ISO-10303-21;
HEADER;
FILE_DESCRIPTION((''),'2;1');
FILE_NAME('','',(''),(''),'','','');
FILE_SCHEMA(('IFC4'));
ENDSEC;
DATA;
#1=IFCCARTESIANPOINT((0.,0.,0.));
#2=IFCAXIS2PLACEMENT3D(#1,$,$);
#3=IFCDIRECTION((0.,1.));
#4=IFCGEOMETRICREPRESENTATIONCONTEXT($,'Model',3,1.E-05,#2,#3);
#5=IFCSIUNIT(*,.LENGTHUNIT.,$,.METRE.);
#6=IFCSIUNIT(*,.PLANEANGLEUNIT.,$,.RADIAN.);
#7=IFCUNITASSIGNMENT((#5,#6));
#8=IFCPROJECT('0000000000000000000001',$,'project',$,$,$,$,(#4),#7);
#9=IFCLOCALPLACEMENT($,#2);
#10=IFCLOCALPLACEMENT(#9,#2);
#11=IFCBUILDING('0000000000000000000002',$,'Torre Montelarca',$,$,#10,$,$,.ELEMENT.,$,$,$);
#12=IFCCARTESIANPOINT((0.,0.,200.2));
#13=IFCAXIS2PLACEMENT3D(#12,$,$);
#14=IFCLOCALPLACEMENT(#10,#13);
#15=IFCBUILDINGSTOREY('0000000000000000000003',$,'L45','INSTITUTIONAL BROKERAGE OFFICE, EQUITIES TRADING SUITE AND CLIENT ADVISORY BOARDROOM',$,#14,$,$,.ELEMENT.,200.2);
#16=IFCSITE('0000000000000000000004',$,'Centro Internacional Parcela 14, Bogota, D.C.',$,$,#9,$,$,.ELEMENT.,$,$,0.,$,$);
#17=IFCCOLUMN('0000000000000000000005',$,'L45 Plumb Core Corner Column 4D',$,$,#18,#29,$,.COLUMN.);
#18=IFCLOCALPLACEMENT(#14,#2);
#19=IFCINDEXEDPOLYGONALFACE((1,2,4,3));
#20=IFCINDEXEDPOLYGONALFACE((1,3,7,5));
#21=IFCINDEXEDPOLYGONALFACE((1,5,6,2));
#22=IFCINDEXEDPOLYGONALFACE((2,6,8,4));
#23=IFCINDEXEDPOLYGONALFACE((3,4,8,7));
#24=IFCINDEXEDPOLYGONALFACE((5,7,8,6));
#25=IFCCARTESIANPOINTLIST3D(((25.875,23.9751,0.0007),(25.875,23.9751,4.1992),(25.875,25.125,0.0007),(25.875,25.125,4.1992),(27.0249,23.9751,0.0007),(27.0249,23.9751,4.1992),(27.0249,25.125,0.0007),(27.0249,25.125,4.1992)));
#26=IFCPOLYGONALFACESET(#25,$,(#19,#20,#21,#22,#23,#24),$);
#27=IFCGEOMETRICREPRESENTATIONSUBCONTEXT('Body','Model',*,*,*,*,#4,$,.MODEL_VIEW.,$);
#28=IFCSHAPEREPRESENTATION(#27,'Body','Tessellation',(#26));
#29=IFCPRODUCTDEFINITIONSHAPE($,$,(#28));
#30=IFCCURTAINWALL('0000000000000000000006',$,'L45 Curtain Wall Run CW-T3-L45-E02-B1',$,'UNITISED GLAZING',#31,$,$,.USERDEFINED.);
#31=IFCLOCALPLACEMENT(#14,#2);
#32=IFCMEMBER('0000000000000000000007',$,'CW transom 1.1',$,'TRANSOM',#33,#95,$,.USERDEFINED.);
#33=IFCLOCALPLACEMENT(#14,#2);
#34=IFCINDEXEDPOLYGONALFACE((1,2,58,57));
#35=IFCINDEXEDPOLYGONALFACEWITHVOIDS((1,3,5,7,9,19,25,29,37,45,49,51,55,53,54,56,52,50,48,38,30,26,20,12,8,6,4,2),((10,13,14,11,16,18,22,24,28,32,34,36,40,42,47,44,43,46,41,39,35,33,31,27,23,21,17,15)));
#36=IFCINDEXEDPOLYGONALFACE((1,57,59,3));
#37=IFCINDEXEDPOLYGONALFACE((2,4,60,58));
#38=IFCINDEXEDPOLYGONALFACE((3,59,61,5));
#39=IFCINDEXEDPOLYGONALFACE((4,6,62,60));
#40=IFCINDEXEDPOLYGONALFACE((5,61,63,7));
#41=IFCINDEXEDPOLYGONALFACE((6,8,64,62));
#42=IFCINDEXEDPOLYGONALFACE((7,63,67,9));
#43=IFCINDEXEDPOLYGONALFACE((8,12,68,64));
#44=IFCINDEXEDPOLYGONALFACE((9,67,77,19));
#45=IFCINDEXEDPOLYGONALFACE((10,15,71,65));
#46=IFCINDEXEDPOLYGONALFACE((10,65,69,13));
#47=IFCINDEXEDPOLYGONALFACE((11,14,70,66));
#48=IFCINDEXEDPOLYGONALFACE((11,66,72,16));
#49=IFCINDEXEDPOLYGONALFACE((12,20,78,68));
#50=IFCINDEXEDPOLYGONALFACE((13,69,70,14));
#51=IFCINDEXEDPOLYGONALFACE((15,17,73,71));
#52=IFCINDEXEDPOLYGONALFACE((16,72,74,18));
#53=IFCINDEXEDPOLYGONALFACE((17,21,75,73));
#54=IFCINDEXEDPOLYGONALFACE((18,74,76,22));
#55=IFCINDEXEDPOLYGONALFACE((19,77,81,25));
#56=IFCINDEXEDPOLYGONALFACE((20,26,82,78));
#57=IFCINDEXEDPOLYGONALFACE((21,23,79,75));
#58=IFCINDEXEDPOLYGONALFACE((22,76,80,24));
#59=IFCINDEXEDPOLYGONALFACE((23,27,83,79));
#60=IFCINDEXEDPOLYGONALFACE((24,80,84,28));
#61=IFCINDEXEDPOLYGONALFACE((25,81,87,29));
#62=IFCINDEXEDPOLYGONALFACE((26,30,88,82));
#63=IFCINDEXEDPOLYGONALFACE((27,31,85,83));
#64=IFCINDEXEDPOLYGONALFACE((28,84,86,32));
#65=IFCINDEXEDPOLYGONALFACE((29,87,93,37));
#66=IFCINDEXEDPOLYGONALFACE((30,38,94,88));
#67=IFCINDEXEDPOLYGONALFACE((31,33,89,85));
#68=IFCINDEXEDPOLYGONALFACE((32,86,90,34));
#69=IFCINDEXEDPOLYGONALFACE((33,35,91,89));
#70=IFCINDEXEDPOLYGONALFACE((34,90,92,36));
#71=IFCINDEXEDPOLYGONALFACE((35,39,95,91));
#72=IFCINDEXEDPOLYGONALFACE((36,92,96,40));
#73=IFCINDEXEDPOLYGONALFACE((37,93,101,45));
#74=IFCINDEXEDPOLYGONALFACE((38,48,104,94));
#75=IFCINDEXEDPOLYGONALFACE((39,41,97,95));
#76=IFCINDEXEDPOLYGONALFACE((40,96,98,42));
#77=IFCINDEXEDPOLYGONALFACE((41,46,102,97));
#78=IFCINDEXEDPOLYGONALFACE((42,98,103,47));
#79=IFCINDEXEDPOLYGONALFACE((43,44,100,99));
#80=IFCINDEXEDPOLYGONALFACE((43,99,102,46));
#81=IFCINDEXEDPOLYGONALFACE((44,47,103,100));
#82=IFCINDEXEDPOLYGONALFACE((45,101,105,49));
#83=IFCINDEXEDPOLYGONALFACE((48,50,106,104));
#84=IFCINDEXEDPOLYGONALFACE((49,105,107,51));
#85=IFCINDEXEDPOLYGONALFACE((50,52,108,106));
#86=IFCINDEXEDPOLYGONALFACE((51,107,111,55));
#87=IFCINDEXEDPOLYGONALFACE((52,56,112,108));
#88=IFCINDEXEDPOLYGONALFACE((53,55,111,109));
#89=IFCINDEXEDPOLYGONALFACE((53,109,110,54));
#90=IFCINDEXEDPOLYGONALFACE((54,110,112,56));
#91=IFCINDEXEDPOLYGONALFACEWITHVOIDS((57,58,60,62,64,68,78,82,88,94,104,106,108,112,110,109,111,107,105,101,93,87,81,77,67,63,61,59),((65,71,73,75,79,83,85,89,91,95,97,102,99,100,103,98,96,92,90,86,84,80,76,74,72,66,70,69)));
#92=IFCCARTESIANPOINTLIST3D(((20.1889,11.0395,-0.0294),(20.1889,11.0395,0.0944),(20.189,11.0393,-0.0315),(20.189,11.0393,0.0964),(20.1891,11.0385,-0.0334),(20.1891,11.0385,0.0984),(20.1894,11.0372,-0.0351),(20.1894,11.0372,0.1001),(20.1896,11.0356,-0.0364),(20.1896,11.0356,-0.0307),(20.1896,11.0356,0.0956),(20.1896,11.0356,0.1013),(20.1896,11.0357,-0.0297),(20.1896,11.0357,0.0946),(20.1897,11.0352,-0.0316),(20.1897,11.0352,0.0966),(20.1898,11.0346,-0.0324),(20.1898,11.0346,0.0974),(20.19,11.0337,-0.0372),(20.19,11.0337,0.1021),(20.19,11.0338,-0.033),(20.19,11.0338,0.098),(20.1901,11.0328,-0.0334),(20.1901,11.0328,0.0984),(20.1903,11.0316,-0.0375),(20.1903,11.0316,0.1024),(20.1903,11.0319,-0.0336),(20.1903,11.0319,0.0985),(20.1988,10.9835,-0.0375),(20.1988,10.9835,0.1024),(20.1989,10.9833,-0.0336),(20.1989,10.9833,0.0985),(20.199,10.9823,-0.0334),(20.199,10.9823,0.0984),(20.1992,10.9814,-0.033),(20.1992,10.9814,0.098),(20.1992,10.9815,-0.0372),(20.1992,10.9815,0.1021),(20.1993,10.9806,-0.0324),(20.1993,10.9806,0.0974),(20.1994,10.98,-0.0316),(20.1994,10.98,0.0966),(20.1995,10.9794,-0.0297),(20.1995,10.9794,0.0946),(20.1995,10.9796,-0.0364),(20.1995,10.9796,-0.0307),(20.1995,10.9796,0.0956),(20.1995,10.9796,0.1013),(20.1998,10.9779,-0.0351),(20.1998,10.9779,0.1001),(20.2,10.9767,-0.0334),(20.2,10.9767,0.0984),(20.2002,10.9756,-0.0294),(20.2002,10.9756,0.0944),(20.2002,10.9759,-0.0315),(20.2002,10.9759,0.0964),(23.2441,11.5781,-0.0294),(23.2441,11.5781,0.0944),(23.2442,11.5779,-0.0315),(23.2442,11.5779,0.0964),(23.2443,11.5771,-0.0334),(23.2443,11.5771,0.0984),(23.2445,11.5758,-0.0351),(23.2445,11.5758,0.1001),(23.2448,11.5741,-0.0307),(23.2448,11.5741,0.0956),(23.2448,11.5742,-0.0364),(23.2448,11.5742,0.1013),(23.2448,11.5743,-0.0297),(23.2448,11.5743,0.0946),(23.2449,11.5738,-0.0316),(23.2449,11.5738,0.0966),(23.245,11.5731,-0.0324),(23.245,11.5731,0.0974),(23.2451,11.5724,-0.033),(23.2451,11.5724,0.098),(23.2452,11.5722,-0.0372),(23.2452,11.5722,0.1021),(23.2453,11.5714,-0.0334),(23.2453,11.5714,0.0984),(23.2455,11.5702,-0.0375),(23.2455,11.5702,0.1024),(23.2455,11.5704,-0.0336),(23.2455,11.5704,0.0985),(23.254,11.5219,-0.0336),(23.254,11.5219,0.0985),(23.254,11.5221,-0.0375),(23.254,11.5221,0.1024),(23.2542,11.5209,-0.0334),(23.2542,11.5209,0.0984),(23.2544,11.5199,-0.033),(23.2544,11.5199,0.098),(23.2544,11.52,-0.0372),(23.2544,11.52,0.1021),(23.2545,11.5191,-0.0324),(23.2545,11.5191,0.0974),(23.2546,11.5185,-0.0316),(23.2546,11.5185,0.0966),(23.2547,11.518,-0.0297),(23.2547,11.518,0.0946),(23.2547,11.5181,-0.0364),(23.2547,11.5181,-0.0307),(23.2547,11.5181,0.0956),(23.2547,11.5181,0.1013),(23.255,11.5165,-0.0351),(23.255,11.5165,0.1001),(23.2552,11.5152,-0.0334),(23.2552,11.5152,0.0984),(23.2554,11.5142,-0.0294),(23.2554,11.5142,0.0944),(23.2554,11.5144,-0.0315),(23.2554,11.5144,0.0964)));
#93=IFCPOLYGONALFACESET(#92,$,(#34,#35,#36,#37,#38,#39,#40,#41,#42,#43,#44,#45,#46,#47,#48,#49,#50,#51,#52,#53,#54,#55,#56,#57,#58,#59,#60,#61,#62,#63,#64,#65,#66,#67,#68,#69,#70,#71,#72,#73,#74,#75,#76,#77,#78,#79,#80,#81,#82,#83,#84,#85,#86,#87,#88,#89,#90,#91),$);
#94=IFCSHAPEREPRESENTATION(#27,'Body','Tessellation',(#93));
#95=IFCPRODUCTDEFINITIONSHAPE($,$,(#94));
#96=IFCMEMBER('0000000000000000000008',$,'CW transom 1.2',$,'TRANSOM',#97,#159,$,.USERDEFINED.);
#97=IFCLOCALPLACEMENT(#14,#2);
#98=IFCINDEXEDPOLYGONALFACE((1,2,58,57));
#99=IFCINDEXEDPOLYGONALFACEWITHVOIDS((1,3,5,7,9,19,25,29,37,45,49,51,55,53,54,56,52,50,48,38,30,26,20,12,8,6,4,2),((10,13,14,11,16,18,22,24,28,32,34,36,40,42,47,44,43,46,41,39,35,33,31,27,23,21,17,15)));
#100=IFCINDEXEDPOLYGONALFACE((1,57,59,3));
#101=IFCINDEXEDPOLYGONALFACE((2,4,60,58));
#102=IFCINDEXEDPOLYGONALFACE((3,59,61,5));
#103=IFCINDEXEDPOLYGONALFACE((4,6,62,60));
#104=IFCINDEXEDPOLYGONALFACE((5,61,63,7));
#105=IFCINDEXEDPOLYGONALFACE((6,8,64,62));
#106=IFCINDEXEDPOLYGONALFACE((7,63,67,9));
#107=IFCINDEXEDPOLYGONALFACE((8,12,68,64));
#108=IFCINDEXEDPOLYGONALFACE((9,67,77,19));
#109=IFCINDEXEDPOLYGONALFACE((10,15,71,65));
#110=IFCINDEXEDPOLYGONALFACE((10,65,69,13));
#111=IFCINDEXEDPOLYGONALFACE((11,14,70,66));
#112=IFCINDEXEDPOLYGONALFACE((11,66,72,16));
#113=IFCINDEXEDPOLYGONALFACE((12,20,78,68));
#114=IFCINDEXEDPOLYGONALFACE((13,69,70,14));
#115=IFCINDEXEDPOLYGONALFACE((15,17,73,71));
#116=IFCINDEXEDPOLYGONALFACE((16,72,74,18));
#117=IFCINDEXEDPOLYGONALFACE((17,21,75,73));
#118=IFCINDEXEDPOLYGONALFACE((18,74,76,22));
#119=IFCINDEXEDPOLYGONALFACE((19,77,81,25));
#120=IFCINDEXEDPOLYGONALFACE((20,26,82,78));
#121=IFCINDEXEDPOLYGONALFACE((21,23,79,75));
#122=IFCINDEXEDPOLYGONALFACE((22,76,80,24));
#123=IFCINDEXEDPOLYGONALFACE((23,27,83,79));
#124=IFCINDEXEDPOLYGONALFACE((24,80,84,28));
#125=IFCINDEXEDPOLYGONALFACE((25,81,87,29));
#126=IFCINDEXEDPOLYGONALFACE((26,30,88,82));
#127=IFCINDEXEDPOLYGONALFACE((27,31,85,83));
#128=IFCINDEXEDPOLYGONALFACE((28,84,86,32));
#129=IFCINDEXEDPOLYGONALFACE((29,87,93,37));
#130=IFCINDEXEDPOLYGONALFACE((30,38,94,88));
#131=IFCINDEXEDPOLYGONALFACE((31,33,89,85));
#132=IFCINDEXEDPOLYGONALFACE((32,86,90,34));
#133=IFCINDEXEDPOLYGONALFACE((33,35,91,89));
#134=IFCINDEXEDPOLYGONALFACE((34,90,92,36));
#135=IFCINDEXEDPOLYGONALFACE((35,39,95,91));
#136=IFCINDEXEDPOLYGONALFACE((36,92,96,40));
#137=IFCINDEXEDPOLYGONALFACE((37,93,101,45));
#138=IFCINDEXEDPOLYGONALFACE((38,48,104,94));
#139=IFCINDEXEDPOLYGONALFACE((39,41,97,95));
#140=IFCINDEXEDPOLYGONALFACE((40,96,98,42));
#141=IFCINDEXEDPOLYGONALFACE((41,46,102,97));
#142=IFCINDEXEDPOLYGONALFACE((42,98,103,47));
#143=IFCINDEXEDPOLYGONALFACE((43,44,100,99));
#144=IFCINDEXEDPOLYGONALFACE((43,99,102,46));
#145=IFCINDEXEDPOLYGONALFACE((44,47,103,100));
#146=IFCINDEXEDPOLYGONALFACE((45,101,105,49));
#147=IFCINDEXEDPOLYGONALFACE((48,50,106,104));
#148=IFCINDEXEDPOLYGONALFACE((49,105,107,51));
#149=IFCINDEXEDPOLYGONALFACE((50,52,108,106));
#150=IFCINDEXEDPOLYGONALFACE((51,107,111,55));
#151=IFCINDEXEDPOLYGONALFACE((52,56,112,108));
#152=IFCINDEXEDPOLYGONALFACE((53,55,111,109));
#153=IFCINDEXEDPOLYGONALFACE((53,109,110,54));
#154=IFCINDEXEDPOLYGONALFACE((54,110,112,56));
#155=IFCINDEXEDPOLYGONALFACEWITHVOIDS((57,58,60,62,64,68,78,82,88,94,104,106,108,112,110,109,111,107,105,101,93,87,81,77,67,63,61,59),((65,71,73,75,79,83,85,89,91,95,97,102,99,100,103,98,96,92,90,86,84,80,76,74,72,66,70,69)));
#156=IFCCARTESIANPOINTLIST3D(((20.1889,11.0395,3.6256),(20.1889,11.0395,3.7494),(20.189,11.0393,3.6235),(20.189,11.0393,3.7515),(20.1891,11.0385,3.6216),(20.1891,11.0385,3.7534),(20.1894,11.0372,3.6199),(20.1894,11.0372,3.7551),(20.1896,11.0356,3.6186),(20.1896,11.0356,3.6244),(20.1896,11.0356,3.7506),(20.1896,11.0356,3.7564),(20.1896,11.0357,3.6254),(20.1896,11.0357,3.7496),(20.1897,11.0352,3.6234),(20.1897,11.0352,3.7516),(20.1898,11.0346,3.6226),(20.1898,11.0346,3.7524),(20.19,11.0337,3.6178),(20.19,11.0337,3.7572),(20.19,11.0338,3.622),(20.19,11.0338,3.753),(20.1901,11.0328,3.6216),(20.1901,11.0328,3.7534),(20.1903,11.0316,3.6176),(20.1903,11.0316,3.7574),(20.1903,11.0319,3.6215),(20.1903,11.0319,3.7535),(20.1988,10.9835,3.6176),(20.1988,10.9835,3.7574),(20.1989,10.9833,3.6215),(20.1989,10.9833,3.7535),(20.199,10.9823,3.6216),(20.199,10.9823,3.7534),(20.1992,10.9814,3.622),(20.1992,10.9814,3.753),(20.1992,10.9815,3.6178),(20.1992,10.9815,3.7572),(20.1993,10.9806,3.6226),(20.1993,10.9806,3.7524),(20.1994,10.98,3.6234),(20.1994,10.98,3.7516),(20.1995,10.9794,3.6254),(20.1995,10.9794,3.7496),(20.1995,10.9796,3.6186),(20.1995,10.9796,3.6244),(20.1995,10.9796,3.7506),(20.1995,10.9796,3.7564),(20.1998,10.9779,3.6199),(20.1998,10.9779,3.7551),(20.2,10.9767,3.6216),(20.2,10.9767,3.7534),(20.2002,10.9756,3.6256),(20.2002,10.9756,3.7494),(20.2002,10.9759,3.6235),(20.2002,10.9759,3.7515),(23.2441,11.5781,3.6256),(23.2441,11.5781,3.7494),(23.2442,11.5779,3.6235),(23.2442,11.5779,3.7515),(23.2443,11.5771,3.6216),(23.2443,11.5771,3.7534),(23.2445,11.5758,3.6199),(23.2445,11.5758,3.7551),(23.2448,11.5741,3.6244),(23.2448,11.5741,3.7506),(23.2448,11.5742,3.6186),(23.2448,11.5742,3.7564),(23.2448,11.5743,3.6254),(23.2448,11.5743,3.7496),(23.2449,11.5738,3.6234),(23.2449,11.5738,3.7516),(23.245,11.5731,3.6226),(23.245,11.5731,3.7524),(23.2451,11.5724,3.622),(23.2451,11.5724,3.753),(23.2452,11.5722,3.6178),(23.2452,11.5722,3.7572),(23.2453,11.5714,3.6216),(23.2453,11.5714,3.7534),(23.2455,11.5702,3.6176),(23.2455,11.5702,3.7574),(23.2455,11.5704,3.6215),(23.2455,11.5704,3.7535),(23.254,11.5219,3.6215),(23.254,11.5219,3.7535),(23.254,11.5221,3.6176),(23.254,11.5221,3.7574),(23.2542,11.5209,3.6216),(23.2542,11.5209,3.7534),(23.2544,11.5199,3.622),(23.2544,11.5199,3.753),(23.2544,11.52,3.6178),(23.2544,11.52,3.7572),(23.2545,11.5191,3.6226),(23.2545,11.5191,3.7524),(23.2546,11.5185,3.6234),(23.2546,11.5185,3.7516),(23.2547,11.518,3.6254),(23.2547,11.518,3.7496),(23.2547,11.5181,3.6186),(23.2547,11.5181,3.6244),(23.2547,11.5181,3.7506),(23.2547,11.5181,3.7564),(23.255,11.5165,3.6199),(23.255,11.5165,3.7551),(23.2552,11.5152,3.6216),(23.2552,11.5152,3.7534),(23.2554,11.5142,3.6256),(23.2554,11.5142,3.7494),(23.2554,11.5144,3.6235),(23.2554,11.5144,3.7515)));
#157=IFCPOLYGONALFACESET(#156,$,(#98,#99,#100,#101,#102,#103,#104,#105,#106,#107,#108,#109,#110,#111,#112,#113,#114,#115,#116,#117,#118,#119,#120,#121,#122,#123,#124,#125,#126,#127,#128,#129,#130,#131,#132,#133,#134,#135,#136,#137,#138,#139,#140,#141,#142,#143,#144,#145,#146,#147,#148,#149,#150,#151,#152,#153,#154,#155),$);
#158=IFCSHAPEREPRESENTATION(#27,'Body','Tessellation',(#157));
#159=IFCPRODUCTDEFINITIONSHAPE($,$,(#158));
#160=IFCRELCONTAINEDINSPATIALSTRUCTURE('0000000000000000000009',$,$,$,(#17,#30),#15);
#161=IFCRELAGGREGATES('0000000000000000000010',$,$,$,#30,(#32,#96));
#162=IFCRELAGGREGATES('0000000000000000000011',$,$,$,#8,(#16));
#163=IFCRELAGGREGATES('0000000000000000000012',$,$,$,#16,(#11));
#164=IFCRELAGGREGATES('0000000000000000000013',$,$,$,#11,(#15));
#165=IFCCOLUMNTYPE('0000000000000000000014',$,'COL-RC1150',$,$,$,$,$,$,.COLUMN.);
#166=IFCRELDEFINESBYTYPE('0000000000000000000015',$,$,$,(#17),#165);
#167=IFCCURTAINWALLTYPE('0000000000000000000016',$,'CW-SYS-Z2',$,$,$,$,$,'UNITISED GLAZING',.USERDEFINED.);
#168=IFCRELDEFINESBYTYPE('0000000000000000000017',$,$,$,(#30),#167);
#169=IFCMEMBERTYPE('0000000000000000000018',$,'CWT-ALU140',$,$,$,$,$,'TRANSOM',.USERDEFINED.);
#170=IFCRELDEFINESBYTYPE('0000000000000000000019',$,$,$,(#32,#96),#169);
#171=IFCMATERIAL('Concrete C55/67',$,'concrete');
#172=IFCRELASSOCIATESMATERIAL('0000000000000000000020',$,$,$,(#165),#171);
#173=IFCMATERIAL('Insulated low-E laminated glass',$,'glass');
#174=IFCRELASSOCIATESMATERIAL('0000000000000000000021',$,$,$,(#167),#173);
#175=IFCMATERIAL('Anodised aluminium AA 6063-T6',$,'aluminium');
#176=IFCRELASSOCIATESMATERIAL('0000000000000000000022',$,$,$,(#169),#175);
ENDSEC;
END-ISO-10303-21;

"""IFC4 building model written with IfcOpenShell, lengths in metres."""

from ifc_helpers import new_model, si_unit, direction, frame, origin, origin_2d, place, context, subcontext, project, spatial, rectangle, hollow_rectangle, extrude, source, transform, mapped, material, material_profile, profile_set, type_object, element, aggregate, save


model = new_model("IFC4")

# Units and contexts
model_context = context("Model", 3, precision=1e-05, world=origin(), true_north=direction((0.0, 1.0)))
body_context = subcontext(model_context, "Body", "Model", "MODEL_VIEW")
ifc_project = project(units=[si_unit("LENGTHUNIT", "METRE"), si_unit("PLANEANGLEUNIT", "RADIAN")], contexts=[model_context])

# Site, building, storey
site_placement = place(None, origin())
site = spatial("IfcSite", under=ifc_project, at=site_placement, Name="Centro Internacional Parcela 14, Bogota, D.C.", CompositionType="ELEMENT", RefElevation=0.0)
building_placement = place(site_placement, origin())
building = spatial("IfcBuilding", under=site, at=building_placement, Name="Torre Montelarca", CompositionType="ELEMENT")
storey_placement = place(building_placement, frame((0.0, 0.0, 200.2)))
storey = spatial("IfcBuildingStorey", under=building, at=storey_placement, Name="L45", Description="INSTITUTIONAL BROKERAGE OFFICE, EQUITIES TRADING SUITE AND CLIENT ADVISORY BOARDROOM", CompositionType="ELEMENT", Elevation=200.2)

# Column
ifc_material_1 = material(Name="Concrete C55/67", Category="concrete")
ifc_material_profile_1 = material_profile(ifc_material_1, rectangle(XDim=1.1499, YDim=1.1499, at=origin_2d()), Name="RC1150X1150", Category="concrete")
ifc_profile_set_1 = profile_set([ifc_material_profile_1], Name="Concrete C55/67")
column_type = type_object("IfcColumnType", Name="COL-RC1150", PredefinedType="COLUMN", material=ifc_profile_set_1)
shared_shape_1 = source(origin(), body_context, "Body", "SweptSolid", [
    extrude(rectangle(XDim=1.1499, YDim=1.1499, at=origin_2d()), origin(), (0.0, 0.0, 1.0), 4.1985),
])
column_1_placement = place(storey_placement, frame((26.45, 24.55, 0.0007), z_axis=(0.0, 0.0, 1.0), x_axis=(1.0, 0.0, 0.0)))
element("IfcColumn", 1, at=column_1_placement, inside=storey, type_object=column_type, Name="L45 Plumb Core Corner Column 4D", PredefinedType="COLUMN", context=body_context, shape_type="MappedRepresentation", body=[
    mapped(shared_shape_1, transform((0.0, 0.0, 0.0), scale=1.0)),
])

# Curtain wall, members
ifc_material_2 = material(Name="Insulated low-E laminated glass", Category="glass")
curtain_wall_type = type_object("IfcCurtainWallType", Name="CW-SYS-Z2", ElementType="UNITISED GLAZING", PredefinedType="USERDEFINED", material=ifc_material_2)
curtain_wall_1_placement = place(storey_placement, origin())
curtain_wall_1 = element("IfcCurtainWall", 2, at=curtain_wall_1_placement, inside=storey, type_object=curtain_wall_type, Name="L45 Curtain Wall Run CW-T3-L45-E02-B1", ObjectType="UNITISED GLAZING", PredefinedType="USERDEFINED")
ifc_material_3 = material(Name="Anodised aluminium AA 6063-T6", Category="aluminium")
ifc_material_profile_2 = material_profile(ifc_material_3, hollow_rectangle(XDim=0.0649, YDim=0.1399, WallThickness=0.0039, InnerFilletRadius=0.0039, OuterFilletRadius=0.0081, at=origin_2d()), Name="ALU65X140X4", Category="aluminium")
ifc_profile_set_2 = profile_set([ifc_material_profile_2], Name="Anodised aluminium AA 6063-T6")
member_type_1 = type_object("IfcMemberType", Name="CWT-ALU140", ElementType="TRANSOM", PredefinedType="USERDEFINED", material=ifc_profile_set_2)
shared_shape_2 = source(origin(), body_context, "Body", "SweptSolid", [
    extrude(hollow_rectangle(XDim=0.0649, YDim=0.1399, WallThickness=0.0039, InnerFilletRadius=0.0039, OuterFilletRadius=0.0081, at=origin_2d()), origin(), (0.0, 0.0, 1.0), 3.1023),
])
member_1_placement = place(storey_placement, frame((20.1946, 11.0076, 0.0325), z_axis=(0.984815, 0.173606, 0.0), x_axis=(-0.173606, 0.984815, 0.0)))
member_1 = element("IfcMember", 3, at=member_1_placement, type_object=member_type_1, Name="CW transom 1.1", ObjectType="TRANSOM", PredefinedType="USERDEFINED", context=body_context, shape_type="MappedRepresentation", body=[
    mapped(shared_shape_2, transform((0.0, 0.0, 0.0), scale=1.0)),
])
member_2_placement = place(storey_placement, frame((20.1946, 11.0076, 3.6875), z_axis=(0.984815, 0.173606, 0.0), x_axis=(-0.173606, 0.984815, 0.0)))
member_2 = element("IfcMember", 4, at=member_2_placement, type_object=member_type_1, Name="CW transom 1.2", ObjectType="TRANSOM", PredefinedType="USERDEFINED", context=body_context, shape_type="MappedRepresentation", body=[
    mapped(shared_shape_2, transform((0.0, 0.0, 0.0), scale=1.0)),
])

aggregate(curtain_wall_1, [member_1, member_2])

save(model, "model.ifc")
